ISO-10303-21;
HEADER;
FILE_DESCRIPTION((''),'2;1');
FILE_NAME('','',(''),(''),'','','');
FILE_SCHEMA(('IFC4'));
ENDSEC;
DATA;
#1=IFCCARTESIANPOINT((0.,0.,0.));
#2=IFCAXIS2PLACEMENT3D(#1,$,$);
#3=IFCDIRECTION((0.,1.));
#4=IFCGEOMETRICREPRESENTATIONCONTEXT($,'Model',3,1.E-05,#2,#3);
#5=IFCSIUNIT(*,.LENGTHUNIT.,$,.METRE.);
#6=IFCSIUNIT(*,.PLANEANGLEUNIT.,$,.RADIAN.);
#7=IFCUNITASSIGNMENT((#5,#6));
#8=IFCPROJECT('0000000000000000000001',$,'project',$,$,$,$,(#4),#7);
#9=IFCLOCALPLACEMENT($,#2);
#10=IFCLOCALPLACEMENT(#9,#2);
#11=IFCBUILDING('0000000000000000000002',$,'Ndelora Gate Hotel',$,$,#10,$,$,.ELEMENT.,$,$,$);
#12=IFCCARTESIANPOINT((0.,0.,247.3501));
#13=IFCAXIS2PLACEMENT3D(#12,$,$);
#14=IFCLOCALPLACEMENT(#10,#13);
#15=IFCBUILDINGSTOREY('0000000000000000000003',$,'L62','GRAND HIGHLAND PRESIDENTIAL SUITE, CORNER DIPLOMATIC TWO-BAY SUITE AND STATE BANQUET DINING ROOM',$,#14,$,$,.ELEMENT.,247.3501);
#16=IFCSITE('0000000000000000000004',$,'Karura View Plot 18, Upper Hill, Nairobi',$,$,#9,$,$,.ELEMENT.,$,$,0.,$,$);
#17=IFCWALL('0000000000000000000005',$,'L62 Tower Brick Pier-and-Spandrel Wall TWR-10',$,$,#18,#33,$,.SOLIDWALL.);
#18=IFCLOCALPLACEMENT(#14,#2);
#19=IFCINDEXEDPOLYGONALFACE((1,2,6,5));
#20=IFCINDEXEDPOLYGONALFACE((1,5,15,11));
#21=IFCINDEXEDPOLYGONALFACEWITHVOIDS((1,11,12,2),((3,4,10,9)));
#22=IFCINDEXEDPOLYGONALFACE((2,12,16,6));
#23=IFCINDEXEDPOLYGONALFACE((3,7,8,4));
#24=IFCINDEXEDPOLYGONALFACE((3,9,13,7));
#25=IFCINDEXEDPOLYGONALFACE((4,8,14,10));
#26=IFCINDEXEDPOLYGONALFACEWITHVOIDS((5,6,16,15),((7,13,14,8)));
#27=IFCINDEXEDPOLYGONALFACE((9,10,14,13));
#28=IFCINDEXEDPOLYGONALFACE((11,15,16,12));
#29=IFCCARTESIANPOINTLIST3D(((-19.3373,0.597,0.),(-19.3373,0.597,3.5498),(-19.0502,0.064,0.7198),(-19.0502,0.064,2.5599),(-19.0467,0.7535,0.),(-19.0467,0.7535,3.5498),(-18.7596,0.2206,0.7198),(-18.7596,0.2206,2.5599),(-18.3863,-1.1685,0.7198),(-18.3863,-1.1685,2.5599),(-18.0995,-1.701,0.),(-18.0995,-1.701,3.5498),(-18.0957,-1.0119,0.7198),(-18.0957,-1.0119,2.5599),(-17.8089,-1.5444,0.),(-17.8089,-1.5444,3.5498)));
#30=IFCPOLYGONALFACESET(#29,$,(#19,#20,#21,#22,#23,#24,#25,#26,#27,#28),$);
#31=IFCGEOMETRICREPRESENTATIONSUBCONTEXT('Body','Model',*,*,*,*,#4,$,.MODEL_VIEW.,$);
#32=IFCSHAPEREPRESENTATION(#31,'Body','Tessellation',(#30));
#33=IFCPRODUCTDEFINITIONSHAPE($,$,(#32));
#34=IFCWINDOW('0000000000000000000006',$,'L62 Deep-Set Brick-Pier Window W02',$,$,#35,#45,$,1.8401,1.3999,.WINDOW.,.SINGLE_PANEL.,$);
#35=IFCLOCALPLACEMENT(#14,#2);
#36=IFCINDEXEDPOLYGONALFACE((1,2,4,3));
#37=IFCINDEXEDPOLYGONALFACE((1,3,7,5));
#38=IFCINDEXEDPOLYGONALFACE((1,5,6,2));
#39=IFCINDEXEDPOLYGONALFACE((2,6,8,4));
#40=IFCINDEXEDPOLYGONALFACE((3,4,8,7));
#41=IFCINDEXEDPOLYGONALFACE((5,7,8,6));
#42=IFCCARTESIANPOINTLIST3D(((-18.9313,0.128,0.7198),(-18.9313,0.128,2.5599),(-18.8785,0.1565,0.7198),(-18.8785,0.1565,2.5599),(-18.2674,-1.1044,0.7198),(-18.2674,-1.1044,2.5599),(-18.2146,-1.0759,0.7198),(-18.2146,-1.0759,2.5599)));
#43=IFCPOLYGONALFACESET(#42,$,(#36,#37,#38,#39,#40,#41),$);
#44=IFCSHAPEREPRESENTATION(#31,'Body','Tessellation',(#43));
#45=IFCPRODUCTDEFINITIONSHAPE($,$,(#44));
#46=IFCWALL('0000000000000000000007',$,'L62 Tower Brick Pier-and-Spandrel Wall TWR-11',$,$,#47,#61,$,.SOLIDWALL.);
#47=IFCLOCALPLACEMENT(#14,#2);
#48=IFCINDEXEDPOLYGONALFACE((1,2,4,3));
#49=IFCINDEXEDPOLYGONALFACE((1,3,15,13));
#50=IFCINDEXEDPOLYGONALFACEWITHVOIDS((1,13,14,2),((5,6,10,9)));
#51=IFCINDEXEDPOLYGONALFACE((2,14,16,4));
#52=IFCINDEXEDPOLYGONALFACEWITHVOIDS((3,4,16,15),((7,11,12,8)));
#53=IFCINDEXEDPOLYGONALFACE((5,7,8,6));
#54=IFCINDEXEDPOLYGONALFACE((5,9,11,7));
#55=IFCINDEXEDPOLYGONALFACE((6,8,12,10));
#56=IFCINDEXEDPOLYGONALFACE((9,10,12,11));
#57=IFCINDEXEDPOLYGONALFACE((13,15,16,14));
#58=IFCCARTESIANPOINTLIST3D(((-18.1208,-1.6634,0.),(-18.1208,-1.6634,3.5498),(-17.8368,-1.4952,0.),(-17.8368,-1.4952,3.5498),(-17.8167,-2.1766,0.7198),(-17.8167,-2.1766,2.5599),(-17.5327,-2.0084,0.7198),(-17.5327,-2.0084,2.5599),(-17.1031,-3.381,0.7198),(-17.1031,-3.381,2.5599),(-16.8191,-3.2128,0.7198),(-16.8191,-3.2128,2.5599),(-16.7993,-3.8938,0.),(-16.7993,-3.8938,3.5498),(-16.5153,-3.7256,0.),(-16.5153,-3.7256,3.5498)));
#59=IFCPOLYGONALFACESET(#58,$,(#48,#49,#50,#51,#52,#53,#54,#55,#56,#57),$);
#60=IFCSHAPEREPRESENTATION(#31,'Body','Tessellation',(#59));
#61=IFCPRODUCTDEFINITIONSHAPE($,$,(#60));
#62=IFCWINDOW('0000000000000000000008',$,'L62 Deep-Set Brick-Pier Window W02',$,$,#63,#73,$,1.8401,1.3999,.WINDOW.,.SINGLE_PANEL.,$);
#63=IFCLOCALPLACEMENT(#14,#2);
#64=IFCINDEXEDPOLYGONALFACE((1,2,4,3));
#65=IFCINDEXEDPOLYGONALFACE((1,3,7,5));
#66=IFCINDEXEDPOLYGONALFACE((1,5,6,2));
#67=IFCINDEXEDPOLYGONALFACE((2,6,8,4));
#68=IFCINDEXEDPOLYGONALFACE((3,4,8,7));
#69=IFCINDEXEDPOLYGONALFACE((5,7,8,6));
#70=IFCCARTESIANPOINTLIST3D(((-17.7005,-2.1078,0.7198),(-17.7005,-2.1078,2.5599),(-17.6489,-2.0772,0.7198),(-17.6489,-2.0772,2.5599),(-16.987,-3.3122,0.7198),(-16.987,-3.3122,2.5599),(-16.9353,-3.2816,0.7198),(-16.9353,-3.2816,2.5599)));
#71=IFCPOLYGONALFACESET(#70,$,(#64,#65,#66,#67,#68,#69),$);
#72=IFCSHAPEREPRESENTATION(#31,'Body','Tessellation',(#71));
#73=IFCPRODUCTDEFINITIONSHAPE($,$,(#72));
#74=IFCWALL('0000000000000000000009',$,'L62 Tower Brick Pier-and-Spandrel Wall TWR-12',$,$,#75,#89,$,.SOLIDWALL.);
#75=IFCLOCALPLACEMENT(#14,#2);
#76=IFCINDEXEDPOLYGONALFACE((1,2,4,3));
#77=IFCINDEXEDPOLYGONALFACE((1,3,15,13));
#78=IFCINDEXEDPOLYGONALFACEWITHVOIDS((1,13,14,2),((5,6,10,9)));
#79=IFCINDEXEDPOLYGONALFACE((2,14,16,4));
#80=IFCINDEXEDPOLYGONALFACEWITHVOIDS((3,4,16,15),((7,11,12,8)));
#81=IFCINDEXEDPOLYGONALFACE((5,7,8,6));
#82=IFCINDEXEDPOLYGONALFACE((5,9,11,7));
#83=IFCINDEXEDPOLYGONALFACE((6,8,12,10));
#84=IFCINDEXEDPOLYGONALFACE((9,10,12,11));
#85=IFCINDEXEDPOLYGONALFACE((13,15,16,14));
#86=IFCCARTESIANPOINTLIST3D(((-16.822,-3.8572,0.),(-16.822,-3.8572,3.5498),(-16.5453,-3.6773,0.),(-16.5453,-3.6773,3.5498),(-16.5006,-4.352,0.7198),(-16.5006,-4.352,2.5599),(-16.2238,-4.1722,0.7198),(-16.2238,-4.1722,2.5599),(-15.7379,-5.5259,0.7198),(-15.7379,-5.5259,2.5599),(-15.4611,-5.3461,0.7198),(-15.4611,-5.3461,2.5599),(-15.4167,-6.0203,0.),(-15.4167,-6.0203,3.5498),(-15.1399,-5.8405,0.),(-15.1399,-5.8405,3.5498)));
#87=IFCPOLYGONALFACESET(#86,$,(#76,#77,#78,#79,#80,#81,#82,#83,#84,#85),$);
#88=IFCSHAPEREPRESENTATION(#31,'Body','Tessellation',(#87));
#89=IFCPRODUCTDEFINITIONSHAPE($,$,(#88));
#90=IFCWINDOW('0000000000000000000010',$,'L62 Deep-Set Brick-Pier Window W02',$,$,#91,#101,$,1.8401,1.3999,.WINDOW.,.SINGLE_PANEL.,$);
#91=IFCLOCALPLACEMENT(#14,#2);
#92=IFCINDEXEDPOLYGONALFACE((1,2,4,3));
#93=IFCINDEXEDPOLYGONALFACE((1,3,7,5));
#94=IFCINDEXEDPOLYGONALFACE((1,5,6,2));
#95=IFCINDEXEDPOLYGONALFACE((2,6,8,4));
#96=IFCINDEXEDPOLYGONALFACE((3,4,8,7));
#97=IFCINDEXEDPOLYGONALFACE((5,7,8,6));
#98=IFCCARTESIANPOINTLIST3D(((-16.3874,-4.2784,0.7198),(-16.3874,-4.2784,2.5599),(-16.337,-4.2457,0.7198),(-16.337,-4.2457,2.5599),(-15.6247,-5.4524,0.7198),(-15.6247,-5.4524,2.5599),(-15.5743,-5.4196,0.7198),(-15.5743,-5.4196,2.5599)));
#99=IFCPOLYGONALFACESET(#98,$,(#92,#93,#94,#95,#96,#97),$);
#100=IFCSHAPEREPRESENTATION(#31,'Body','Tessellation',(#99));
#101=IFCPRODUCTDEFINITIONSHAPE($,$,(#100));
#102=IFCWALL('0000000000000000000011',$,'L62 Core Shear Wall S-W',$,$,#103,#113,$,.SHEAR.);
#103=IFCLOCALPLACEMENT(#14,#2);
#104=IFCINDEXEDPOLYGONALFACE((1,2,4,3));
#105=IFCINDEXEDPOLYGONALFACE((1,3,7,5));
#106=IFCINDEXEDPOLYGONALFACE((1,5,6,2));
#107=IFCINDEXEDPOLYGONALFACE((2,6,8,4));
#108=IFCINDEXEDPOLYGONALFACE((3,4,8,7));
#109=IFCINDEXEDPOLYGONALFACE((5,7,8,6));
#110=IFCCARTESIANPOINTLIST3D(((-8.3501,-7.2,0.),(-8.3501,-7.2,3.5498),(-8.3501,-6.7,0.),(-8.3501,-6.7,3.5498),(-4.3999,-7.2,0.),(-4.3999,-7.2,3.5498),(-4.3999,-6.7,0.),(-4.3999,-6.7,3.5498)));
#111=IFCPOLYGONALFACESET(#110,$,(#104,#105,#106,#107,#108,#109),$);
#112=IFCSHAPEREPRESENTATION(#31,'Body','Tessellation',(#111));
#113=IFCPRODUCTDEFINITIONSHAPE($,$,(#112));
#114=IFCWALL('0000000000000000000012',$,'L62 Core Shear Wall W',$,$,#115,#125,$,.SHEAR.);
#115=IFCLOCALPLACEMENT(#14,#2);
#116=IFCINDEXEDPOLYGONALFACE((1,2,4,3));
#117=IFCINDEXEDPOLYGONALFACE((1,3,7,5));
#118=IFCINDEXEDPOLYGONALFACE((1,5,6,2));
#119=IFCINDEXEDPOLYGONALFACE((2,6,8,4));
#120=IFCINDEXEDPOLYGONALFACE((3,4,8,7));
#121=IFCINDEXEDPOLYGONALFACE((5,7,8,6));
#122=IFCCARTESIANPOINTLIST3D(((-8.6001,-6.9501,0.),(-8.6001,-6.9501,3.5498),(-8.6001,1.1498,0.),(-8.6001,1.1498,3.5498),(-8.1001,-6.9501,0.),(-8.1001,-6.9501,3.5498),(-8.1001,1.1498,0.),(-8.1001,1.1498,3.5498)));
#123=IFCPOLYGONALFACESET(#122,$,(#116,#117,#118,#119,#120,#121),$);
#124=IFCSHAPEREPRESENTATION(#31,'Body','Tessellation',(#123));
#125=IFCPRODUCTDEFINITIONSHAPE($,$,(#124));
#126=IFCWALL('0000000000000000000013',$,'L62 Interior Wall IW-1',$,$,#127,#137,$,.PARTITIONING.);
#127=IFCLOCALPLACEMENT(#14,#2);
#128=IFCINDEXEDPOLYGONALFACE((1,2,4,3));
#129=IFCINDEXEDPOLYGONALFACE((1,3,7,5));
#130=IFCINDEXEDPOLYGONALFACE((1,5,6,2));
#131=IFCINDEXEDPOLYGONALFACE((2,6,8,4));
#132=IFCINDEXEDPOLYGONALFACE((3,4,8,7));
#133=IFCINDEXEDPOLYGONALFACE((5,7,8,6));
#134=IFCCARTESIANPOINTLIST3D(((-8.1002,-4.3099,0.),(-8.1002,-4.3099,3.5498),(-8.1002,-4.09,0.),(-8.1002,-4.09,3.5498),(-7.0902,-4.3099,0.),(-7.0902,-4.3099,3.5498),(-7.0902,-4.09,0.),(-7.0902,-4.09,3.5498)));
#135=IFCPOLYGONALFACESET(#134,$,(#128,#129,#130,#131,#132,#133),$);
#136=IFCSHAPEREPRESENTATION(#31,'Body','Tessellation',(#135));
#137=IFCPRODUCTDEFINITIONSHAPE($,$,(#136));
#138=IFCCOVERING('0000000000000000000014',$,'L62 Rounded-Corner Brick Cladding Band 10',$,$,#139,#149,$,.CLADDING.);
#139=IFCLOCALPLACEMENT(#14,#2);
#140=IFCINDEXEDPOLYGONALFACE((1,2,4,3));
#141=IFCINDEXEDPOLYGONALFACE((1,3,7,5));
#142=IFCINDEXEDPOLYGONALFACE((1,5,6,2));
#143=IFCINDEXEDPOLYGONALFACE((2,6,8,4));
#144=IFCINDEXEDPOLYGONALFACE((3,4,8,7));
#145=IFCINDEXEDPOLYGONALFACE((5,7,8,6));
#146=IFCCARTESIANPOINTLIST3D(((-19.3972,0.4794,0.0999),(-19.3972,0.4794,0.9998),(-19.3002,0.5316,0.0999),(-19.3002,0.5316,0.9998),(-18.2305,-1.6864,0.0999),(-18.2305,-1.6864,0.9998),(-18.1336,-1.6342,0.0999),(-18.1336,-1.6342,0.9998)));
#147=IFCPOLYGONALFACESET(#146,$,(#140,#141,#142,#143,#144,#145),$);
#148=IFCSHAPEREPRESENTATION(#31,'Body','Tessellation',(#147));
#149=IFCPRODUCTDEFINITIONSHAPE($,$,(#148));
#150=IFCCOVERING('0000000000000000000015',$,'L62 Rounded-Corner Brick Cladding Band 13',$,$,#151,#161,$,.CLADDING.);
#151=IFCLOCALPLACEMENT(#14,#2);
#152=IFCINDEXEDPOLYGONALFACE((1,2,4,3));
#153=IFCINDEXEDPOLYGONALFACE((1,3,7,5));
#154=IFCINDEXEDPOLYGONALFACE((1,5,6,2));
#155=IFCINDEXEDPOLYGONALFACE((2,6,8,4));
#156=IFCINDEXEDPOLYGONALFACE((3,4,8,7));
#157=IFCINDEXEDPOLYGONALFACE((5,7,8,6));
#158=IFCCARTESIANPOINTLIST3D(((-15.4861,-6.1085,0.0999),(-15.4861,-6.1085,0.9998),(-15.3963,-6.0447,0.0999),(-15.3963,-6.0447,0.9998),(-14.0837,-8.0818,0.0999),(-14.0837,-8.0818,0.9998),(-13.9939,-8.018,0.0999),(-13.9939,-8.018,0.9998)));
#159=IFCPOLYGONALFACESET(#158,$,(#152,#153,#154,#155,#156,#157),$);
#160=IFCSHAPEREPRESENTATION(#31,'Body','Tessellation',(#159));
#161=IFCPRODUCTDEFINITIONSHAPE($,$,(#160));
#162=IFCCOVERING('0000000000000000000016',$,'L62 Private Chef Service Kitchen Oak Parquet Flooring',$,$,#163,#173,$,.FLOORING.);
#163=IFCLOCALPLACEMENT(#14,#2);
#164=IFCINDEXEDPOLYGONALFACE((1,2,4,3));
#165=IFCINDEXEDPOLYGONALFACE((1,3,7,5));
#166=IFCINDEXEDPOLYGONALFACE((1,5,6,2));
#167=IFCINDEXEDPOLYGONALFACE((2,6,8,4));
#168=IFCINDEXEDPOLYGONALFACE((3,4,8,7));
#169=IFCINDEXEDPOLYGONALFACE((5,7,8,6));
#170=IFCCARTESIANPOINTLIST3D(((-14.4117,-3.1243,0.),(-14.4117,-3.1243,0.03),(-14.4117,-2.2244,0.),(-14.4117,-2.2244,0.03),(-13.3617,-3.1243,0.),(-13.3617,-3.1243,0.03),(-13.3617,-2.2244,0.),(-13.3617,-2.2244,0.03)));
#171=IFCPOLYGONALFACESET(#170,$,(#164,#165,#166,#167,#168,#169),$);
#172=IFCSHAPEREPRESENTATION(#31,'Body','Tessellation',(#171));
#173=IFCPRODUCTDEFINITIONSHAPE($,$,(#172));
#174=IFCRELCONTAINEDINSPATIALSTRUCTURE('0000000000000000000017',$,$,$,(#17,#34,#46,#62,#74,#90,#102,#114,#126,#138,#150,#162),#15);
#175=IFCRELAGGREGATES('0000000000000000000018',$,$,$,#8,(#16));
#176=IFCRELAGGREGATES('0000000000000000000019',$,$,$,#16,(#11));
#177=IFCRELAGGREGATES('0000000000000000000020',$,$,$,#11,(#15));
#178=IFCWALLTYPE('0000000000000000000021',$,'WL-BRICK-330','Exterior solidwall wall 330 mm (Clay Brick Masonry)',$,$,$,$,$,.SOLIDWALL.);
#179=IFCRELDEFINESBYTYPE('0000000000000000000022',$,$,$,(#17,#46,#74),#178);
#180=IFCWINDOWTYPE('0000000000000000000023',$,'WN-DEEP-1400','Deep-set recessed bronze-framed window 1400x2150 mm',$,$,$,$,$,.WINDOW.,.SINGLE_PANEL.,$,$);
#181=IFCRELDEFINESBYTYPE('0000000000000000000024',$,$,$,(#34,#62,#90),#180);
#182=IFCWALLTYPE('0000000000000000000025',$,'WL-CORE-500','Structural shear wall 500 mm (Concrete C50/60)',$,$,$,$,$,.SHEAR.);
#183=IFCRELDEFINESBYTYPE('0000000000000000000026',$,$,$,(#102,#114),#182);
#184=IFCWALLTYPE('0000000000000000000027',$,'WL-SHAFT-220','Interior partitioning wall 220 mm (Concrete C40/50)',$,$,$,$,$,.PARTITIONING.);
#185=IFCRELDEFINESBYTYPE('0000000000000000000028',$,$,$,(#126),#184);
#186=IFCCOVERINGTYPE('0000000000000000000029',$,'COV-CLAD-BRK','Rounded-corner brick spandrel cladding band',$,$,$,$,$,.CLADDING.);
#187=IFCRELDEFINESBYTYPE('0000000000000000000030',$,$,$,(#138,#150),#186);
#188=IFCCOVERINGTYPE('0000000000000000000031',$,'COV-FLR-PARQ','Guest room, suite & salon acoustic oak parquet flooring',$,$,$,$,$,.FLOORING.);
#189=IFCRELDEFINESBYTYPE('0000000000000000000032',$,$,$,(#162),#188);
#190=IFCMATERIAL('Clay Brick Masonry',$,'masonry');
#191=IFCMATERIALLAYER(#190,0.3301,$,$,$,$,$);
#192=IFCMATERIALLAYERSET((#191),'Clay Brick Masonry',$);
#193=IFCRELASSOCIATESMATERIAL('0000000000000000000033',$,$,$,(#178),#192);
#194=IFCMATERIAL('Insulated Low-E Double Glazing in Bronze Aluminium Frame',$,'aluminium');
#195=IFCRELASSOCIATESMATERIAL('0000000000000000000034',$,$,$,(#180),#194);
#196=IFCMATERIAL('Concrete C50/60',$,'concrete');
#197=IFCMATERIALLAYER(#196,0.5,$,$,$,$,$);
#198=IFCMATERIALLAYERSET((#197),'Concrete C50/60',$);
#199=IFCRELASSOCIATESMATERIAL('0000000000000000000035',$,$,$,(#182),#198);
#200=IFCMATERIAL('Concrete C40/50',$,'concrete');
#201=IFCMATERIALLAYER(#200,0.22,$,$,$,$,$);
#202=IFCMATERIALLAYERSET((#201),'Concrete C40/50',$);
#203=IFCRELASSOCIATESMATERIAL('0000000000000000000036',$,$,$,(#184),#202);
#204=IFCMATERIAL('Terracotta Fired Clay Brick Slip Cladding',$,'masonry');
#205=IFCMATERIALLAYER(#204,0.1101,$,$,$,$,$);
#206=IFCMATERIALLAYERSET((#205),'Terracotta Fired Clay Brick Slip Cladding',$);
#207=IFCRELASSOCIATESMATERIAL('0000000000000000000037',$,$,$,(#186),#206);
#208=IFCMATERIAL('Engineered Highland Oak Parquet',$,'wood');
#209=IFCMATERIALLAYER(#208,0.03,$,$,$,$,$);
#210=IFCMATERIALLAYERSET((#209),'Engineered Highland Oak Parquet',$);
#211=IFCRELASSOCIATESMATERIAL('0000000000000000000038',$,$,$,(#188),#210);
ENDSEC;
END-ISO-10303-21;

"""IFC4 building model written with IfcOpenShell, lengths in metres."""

from ifc_helpers import new_model, si_unit, direction, frame, frame_2d, origin, origin_2d, place, context, subcontext, project, spatial, rectangle, extrude, material, layer, layer_set, type_object, element, fill, save


model = new_model("IFC4")

# Units and contexts
model_context = context("Model", 3, precision=1e-05, world=origin(), true_north=direction((0.0, 1.0)))
body_context = subcontext(model_context, "Body", "Model", "MODEL_VIEW")
ifc_project = project(units=[si_unit("LENGTHUNIT", "METRE"), si_unit("PLANEANGLEUNIT", "RADIAN")], contexts=[model_context])

# Site, building, storey
site_placement = place(None, origin())
site = spatial("IfcSite", under=ifc_project, at=site_placement, Name="Karura View Plot 18, Upper Hill, Nairobi", CompositionType="ELEMENT", RefElevation=0.0)
building_placement = place(site_placement, origin())
building = spatial("IfcBuilding", under=site, at=building_placement, Name="Ndelora Gate Hotel", CompositionType="ELEMENT")
storey_placement = place(building_placement, frame((0.0, 0.0, 247.3501)))
storey = spatial("IfcBuildingStorey", under=building, at=storey_placement, Name="L62", Description="GRAND HIGHLAND PRESIDENTIAL SUITE, CORNER DIPLOMATIC TWO-BAY SUITE AND STATE BANQUET DINING ROOM", CompositionType="ELEMENT", Elevation=247.3501)

# Shared definitions
ifc_material_1 = material(Name="Concrete C50/60", Category="concrete")

# Walls, openings, windows
ifc_material_2 = material(Name="Clay Brick Masonry", Category="masonry")
ifc_layer_1 = layer(ifc_material_2, 0.3301)
ifc_layer_set_1 = layer_set([ifc_layer_1], Name="Clay Brick Masonry")
wall_type_1 = type_object("IfcWallType", Name="WL-BRICK-330", Description="Exterior solidwall wall 330 mm (Clay Brick Masonry)", PredefinedType="SOLIDWALL", material=ifc_layer_set_1)
wall_1_placement = place(storey_placement, frame((-17.9541, -1.6228, 0.0), z_axis=(0.0, 0.0, 1.0), x_axis=(-0.474245, 0.880393, 0.0)))
wall_1 = element("IfcWall", 1, at=wall_1_placement, inside=storey, type_object=wall_type_1, Name="L62 Tower Brick Pier-and-Spandrel Wall TWR-10", PredefinedType="SOLIDWALL", context=body_context, shape_type="SweptSolid", body=[
    extrude(rectangle(XDim=2.6101, YDim=0.3301, at=frame_2d((1.3052, 0.0))), origin(), (0.0, 0.0, 1.0), 3.5498),
])
opening_1_placement = place(wall_1_placement, frame((0.605, 0.0, 0.72)))
opening_1 = element("IfcOpeningElement", 2, at=opening_1_placement, cuts=wall_1, PredefinedType="OPENING", context=body_context, shape_type="SweptSolid", body=[
    extrude(rectangle(XDim=1.3999, YDim=1.8401, at=frame_2d((0.7, 0.9199))), frame((0.0, 0.175, 0.0), z_axis=(0.0, -1.0, 0.0), x_axis=(1.0, 0.0, 0.0)), (0.0, 0.0, 1.0), 0.3501),
])
ifc_material_3 = material(Name="Insulated Low-E Double Glazing in Bronze Aluminium Frame", Category="aluminium")
window_type = type_object("IfcWindowType", Name="WN-DEEP-1400", Description="Deep-set recessed bronze-framed window 1400x2150 mm", PartitioningType="SINGLE_PANEL", PredefinedType="WINDOW", material=ifc_material_3)
window_1_placement = place(opening_1_placement, origin())
window_1 = element("IfcWindow", 3, at=window_1_placement, inside=storey, type_object=window_type, Name="L62 Deep-Set Brick-Pier Window W02", OverallHeight=1.8401, OverallWidth=1.3999, PartitioningType="SINGLE_PANEL", PredefinedType="WINDOW", context=body_context, shape_type="SweptSolid", body=[
    extrude(rectangle(XDim=1.3999, YDim=1.8401, at=frame_2d((0.7, 0.9199))), frame((0.0, 0.03, 0.0), z_axis=(0.0, -1.0, 0.0), x_axis=(1.0, 0.0, 0.0)), (0.0, 0.0, 1.0), 0.0601),
])
fill(opening_1, window_1)
wall_2_placement = place(storey_placement, frame((-16.6572, -3.8098, 0.0), z_axis=(0.0, 0.0, 1.0), x_axis=(-0.509738, 0.86033, 0.0)))
wall_2 = element("IfcWall", 4, at=wall_2_placement, inside=storey, type_object=wall_type_1, Name="L62 Tower Brick Pier-and-Spandrel Wall TWR-11", PredefinedType="SOLIDWALL", context=body_context, shape_type="SweptSolid", body=[
    extrude(rectangle(XDim=2.5925, YDim=0.3301, at=frame_2d((1.2964, 0.0))), origin(), (0.0, 0.0, 1.0), 3.5498),
])
opening_2_placement = place(wall_2_placement, frame((0.5962, 0.0, 0.72)))
opening_2 = element("IfcOpeningElement", 5, at=opening_2_placement, cuts=wall_2, PredefinedType="OPENING", context=body_context, shape_type="SweptSolid", body=[
    extrude(rectangle(XDim=1.3999, YDim=1.8401, at=frame_2d((0.7, 0.9199))), frame((0.0, 0.175, 0.0), z_axis=(0.0, -1.0, 0.0), x_axis=(1.0, 0.0, 0.0)), (0.0, 0.0, 1.0), 0.3501),
])
window_2_placement = place(opening_2_placement, origin())
window_2 = element("IfcWindow", 6, at=window_2_placement, inside=storey, type_object=window_type, Name="L62 Deep-Set Brick-Pier Window W02", OverallHeight=1.8401, OverallWidth=1.3999, PartitioningType="SINGLE_PANEL", PredefinedType="WINDOW", context=body_context, shape_type="SweptSolid", body=[
    extrude(rectangle(XDim=1.3999, YDim=1.8401, at=frame_2d((0.7, 0.9199))), frame((0.0, 0.03, 0.0), z_axis=(0.0, -1.0, 0.0), x_axis=(1.0, 0.0, 0.0)), (0.0, 0.0, 1.0), 0.0601),
])
fill(opening_2, window_2)
wall_3_placement = place(storey_placement, frame((-15.2783, -5.9304, 0.0), z_axis=(0.0, 0.0, 1.0), x_axis=(-0.544789, 0.838573, 0.0)))
wall_3 = element("IfcWall", 7, at=wall_3_placement, inside=storey, type_object=wall_type_1, Name="L62 Tower Brick Pier-and-Spandrel Wall TWR-12", PredefinedType="SOLIDWALL", context=body_context, shape_type="SweptSolid", body=[
    extrude(rectangle(XDim=2.5796, YDim=0.3301, at=frame_2d((1.2898, 0.0))), origin(), (0.0, 0.0, 1.0), 3.5498),
])
opening_3_placement = place(wall_3_placement, frame((0.5896, 0.0, 0.72)))
opening_3 = element("IfcOpeningElement", 8, at=opening_3_placement, cuts=wall_3, PredefinedType="OPENING", context=body_context, shape_type="SweptSolid", body=[
    extrude(rectangle(XDim=1.3999, YDim=1.8401, at=frame_2d((0.7, 0.9199))), frame((0.0, 0.175, 0.0), z_axis=(0.0, -1.0, 0.0), x_axis=(1.0, 0.0, 0.0)), (0.0, 0.0, 1.0), 0.3501),
])
window_3_placement = place(opening_3_placement, origin())
window_3 = element("IfcWindow", 9, at=window_3_placement, inside=storey, type_object=window_type, Name="L62 Deep-Set Brick-Pier Window W02", OverallHeight=1.8401, OverallWidth=1.3999, PartitioningType="SINGLE_PANEL", PredefinedType="WINDOW", context=body_context, shape_type="SweptSolid", body=[
    extrude(rectangle(XDim=1.3999, YDim=1.8401, at=frame_2d((0.7, 0.9199))), frame((0.0, 0.03, 0.0), z_axis=(0.0, -1.0, 0.0), x_axis=(1.0, 0.0, 0.0)), (0.0, 0.0, 1.0), 0.0601),
])
fill(opening_3, window_3)

# Walls
ifc_layer_2 = layer(ifc_material_1, 0.5)
ifc_layer_set_2 = layer_set([ifc_layer_2], Name="Concrete C50/60")
wall_type_2 = type_object("IfcWallType", Name="WL-CORE-500", Description="Structural shear wall 500 mm (Concrete C50/60)", PredefinedType="SHEAR", material=ifc_layer_set_2)
wall_4_placement = place(storey_placement, frame((-8.3501, -6.95, 0.0), z_axis=(0.0, 0.0, 1.0), x_axis=(1.0, 0.0, 0.0)))
element("IfcWall", 10, at=wall_4_placement, inside=storey, type_object=wall_type_2, Name="L62 Core Shear Wall S-W", PredefinedType="SHEAR", context=body_context, shape_type="SweptSolid", body=[
    extrude(rectangle(XDim=3.9502, YDim=0.5, at=frame_2d((1.9751, 0.0))), origin(), (0.0, 0.0, 1.0), 3.5498),
])
wall_5_placement = place(storey_placement, frame((-8.3501, -6.95, 0.0), z_axis=(0.0, 0.0, 1.0), x_axis=(0.0, 1.0, 0.0)))
element("IfcWall", 11, at=wall_5_placement, inside=storey, type_object=wall_type_2, Name="L62 Core Shear Wall W", PredefinedType="SHEAR", context=body_context, shape_type="SweptSolid", body=[
    extrude(rectangle(XDim=8.0999, YDim=0.5, at=frame_2d((4.0498, 0.0))), origin(), (0.0, 0.0, 1.0), 3.5498),
])
ifc_material_4 = material(Name="Concrete C40/50", Category="concrete")
ifc_layer_3 = layer(ifc_material_4, 0.22)
ifc_layer_set_3 = layer_set([ifc_layer_3], Name="Concrete C40/50")
wall_type_3 = type_object("IfcWallType", Name="WL-SHAFT-220", Description="Interior partitioning wall 220 mm (Concrete C40/50)", PredefinedType="PARTITIONING", material=ifc_layer_set_3)
wall_6_placement = place(storey_placement, frame((-8.1001, -4.2, 0.0), z_axis=(0.0, 0.0, 1.0), x_axis=(1.0, 0.0, 0.0)))
element("IfcWall", 12, at=wall_6_placement, inside=storey, type_object=wall_type_3, Name="L62 Interior Wall IW-1", PredefinedType="PARTITIONING", context=body_context, shape_type="SweptSolid", body=[
    extrude(rectangle(XDim=1.01, YDim=0.22, at=frame_2d((0.5049, 0.0))), origin(), (0.0, 0.0, 1.0), 3.5498),
])

# Coverings
ifc_material_5 = material(Name="Terracotta Fired Clay Brick Slip Cladding", Category="masonry")
ifc_layer_4 = layer(ifc_material_5, 0.1101)
ifc_layer_set_4 = layer_set([ifc_layer_4], Name="Terracotta Fired Clay Brick Slip Cladding")
covering_type_1 = type_object("IfcCoveringType", Name="COV-CLAD-BRK", Description="Rounded-corner brick spandrel cladding band", PredefinedType="CLADDING", material=ifc_layer_set_4)
covering_1_placement = place(storey_placement, frame((-18.7654, -0.5774, 0.0999), z_axis=(0.0, 0.0, 1.0), x_axis=(-0.474242, 0.880395, 0.0)))
element("IfcCovering", 13, at=covering_1_placement, inside=storey, type_object=covering_type_1, Name="L62 Rounded-Corner Brick Cladding Band 10", PredefinedType="CLADDING", context=body_context, shape_type="SweptSolid", body=[
    extrude(rectangle(XDim=2.46, YDim=0.1101, at=origin_2d()), origin(), (0.0, 0.0, 1.0), 0.8999),
])
covering_2_placement = place(storey_placement, frame((-14.74, -7.0632, 0.0999), z_axis=(0.0, 0.0, 1.0), x_axis=(-0.579281, 0.815128, 0.0)))
element("IfcCovering", 14, at=covering_2_placement, inside=storey, type_object=covering_type_1, Name="L62 Rounded-Corner Brick Cladding Band 13", PredefinedType="CLADDING", context=body_context, shape_type="SweptSolid", body=[
    extrude(rectangle(XDim=2.4209, YDim=0.1101, at=origin_2d()), origin(), (0.0, 0.0, 1.0), 0.8999),
])
ifc_material_6 = material(Name="Engineered Highland Oak Parquet", Category="wood")
ifc_layer_5 = layer(ifc_material_6, 0.03)
ifc_layer_set_5 = layer_set([ifc_layer_5], Name="Engineered Highland Oak Parquet")
covering_type_2 = type_object("IfcCoveringType", Name="COV-FLR-PARQ", Description="Guest room, suite & salon acoustic oak parquet flooring", PredefinedType="FLOORING", material=ifc_layer_set_5)
covering_3_placement = place(storey_placement, frame((-13.8867, -2.6743, 0.0), z_axis=(0.0, 0.0, 1.0), x_axis=(1.0, 0.0, 0.0)))
element("IfcCovering", 15, at=covering_3_placement, inside=storey, type_object=covering_type_2, Name="L62 Private Chef Service Kitchen Oak Parquet Flooring", PredefinedType="FLOORING", context=body_context, shape_type="SweptSolid", body=[
    extrude(rectangle(XDim=1.05, YDim=0.8999, at=origin_2d()), origin(), (0.0, 0.0, 1.0), 0.03),
])

save(model, "model.ifc")
